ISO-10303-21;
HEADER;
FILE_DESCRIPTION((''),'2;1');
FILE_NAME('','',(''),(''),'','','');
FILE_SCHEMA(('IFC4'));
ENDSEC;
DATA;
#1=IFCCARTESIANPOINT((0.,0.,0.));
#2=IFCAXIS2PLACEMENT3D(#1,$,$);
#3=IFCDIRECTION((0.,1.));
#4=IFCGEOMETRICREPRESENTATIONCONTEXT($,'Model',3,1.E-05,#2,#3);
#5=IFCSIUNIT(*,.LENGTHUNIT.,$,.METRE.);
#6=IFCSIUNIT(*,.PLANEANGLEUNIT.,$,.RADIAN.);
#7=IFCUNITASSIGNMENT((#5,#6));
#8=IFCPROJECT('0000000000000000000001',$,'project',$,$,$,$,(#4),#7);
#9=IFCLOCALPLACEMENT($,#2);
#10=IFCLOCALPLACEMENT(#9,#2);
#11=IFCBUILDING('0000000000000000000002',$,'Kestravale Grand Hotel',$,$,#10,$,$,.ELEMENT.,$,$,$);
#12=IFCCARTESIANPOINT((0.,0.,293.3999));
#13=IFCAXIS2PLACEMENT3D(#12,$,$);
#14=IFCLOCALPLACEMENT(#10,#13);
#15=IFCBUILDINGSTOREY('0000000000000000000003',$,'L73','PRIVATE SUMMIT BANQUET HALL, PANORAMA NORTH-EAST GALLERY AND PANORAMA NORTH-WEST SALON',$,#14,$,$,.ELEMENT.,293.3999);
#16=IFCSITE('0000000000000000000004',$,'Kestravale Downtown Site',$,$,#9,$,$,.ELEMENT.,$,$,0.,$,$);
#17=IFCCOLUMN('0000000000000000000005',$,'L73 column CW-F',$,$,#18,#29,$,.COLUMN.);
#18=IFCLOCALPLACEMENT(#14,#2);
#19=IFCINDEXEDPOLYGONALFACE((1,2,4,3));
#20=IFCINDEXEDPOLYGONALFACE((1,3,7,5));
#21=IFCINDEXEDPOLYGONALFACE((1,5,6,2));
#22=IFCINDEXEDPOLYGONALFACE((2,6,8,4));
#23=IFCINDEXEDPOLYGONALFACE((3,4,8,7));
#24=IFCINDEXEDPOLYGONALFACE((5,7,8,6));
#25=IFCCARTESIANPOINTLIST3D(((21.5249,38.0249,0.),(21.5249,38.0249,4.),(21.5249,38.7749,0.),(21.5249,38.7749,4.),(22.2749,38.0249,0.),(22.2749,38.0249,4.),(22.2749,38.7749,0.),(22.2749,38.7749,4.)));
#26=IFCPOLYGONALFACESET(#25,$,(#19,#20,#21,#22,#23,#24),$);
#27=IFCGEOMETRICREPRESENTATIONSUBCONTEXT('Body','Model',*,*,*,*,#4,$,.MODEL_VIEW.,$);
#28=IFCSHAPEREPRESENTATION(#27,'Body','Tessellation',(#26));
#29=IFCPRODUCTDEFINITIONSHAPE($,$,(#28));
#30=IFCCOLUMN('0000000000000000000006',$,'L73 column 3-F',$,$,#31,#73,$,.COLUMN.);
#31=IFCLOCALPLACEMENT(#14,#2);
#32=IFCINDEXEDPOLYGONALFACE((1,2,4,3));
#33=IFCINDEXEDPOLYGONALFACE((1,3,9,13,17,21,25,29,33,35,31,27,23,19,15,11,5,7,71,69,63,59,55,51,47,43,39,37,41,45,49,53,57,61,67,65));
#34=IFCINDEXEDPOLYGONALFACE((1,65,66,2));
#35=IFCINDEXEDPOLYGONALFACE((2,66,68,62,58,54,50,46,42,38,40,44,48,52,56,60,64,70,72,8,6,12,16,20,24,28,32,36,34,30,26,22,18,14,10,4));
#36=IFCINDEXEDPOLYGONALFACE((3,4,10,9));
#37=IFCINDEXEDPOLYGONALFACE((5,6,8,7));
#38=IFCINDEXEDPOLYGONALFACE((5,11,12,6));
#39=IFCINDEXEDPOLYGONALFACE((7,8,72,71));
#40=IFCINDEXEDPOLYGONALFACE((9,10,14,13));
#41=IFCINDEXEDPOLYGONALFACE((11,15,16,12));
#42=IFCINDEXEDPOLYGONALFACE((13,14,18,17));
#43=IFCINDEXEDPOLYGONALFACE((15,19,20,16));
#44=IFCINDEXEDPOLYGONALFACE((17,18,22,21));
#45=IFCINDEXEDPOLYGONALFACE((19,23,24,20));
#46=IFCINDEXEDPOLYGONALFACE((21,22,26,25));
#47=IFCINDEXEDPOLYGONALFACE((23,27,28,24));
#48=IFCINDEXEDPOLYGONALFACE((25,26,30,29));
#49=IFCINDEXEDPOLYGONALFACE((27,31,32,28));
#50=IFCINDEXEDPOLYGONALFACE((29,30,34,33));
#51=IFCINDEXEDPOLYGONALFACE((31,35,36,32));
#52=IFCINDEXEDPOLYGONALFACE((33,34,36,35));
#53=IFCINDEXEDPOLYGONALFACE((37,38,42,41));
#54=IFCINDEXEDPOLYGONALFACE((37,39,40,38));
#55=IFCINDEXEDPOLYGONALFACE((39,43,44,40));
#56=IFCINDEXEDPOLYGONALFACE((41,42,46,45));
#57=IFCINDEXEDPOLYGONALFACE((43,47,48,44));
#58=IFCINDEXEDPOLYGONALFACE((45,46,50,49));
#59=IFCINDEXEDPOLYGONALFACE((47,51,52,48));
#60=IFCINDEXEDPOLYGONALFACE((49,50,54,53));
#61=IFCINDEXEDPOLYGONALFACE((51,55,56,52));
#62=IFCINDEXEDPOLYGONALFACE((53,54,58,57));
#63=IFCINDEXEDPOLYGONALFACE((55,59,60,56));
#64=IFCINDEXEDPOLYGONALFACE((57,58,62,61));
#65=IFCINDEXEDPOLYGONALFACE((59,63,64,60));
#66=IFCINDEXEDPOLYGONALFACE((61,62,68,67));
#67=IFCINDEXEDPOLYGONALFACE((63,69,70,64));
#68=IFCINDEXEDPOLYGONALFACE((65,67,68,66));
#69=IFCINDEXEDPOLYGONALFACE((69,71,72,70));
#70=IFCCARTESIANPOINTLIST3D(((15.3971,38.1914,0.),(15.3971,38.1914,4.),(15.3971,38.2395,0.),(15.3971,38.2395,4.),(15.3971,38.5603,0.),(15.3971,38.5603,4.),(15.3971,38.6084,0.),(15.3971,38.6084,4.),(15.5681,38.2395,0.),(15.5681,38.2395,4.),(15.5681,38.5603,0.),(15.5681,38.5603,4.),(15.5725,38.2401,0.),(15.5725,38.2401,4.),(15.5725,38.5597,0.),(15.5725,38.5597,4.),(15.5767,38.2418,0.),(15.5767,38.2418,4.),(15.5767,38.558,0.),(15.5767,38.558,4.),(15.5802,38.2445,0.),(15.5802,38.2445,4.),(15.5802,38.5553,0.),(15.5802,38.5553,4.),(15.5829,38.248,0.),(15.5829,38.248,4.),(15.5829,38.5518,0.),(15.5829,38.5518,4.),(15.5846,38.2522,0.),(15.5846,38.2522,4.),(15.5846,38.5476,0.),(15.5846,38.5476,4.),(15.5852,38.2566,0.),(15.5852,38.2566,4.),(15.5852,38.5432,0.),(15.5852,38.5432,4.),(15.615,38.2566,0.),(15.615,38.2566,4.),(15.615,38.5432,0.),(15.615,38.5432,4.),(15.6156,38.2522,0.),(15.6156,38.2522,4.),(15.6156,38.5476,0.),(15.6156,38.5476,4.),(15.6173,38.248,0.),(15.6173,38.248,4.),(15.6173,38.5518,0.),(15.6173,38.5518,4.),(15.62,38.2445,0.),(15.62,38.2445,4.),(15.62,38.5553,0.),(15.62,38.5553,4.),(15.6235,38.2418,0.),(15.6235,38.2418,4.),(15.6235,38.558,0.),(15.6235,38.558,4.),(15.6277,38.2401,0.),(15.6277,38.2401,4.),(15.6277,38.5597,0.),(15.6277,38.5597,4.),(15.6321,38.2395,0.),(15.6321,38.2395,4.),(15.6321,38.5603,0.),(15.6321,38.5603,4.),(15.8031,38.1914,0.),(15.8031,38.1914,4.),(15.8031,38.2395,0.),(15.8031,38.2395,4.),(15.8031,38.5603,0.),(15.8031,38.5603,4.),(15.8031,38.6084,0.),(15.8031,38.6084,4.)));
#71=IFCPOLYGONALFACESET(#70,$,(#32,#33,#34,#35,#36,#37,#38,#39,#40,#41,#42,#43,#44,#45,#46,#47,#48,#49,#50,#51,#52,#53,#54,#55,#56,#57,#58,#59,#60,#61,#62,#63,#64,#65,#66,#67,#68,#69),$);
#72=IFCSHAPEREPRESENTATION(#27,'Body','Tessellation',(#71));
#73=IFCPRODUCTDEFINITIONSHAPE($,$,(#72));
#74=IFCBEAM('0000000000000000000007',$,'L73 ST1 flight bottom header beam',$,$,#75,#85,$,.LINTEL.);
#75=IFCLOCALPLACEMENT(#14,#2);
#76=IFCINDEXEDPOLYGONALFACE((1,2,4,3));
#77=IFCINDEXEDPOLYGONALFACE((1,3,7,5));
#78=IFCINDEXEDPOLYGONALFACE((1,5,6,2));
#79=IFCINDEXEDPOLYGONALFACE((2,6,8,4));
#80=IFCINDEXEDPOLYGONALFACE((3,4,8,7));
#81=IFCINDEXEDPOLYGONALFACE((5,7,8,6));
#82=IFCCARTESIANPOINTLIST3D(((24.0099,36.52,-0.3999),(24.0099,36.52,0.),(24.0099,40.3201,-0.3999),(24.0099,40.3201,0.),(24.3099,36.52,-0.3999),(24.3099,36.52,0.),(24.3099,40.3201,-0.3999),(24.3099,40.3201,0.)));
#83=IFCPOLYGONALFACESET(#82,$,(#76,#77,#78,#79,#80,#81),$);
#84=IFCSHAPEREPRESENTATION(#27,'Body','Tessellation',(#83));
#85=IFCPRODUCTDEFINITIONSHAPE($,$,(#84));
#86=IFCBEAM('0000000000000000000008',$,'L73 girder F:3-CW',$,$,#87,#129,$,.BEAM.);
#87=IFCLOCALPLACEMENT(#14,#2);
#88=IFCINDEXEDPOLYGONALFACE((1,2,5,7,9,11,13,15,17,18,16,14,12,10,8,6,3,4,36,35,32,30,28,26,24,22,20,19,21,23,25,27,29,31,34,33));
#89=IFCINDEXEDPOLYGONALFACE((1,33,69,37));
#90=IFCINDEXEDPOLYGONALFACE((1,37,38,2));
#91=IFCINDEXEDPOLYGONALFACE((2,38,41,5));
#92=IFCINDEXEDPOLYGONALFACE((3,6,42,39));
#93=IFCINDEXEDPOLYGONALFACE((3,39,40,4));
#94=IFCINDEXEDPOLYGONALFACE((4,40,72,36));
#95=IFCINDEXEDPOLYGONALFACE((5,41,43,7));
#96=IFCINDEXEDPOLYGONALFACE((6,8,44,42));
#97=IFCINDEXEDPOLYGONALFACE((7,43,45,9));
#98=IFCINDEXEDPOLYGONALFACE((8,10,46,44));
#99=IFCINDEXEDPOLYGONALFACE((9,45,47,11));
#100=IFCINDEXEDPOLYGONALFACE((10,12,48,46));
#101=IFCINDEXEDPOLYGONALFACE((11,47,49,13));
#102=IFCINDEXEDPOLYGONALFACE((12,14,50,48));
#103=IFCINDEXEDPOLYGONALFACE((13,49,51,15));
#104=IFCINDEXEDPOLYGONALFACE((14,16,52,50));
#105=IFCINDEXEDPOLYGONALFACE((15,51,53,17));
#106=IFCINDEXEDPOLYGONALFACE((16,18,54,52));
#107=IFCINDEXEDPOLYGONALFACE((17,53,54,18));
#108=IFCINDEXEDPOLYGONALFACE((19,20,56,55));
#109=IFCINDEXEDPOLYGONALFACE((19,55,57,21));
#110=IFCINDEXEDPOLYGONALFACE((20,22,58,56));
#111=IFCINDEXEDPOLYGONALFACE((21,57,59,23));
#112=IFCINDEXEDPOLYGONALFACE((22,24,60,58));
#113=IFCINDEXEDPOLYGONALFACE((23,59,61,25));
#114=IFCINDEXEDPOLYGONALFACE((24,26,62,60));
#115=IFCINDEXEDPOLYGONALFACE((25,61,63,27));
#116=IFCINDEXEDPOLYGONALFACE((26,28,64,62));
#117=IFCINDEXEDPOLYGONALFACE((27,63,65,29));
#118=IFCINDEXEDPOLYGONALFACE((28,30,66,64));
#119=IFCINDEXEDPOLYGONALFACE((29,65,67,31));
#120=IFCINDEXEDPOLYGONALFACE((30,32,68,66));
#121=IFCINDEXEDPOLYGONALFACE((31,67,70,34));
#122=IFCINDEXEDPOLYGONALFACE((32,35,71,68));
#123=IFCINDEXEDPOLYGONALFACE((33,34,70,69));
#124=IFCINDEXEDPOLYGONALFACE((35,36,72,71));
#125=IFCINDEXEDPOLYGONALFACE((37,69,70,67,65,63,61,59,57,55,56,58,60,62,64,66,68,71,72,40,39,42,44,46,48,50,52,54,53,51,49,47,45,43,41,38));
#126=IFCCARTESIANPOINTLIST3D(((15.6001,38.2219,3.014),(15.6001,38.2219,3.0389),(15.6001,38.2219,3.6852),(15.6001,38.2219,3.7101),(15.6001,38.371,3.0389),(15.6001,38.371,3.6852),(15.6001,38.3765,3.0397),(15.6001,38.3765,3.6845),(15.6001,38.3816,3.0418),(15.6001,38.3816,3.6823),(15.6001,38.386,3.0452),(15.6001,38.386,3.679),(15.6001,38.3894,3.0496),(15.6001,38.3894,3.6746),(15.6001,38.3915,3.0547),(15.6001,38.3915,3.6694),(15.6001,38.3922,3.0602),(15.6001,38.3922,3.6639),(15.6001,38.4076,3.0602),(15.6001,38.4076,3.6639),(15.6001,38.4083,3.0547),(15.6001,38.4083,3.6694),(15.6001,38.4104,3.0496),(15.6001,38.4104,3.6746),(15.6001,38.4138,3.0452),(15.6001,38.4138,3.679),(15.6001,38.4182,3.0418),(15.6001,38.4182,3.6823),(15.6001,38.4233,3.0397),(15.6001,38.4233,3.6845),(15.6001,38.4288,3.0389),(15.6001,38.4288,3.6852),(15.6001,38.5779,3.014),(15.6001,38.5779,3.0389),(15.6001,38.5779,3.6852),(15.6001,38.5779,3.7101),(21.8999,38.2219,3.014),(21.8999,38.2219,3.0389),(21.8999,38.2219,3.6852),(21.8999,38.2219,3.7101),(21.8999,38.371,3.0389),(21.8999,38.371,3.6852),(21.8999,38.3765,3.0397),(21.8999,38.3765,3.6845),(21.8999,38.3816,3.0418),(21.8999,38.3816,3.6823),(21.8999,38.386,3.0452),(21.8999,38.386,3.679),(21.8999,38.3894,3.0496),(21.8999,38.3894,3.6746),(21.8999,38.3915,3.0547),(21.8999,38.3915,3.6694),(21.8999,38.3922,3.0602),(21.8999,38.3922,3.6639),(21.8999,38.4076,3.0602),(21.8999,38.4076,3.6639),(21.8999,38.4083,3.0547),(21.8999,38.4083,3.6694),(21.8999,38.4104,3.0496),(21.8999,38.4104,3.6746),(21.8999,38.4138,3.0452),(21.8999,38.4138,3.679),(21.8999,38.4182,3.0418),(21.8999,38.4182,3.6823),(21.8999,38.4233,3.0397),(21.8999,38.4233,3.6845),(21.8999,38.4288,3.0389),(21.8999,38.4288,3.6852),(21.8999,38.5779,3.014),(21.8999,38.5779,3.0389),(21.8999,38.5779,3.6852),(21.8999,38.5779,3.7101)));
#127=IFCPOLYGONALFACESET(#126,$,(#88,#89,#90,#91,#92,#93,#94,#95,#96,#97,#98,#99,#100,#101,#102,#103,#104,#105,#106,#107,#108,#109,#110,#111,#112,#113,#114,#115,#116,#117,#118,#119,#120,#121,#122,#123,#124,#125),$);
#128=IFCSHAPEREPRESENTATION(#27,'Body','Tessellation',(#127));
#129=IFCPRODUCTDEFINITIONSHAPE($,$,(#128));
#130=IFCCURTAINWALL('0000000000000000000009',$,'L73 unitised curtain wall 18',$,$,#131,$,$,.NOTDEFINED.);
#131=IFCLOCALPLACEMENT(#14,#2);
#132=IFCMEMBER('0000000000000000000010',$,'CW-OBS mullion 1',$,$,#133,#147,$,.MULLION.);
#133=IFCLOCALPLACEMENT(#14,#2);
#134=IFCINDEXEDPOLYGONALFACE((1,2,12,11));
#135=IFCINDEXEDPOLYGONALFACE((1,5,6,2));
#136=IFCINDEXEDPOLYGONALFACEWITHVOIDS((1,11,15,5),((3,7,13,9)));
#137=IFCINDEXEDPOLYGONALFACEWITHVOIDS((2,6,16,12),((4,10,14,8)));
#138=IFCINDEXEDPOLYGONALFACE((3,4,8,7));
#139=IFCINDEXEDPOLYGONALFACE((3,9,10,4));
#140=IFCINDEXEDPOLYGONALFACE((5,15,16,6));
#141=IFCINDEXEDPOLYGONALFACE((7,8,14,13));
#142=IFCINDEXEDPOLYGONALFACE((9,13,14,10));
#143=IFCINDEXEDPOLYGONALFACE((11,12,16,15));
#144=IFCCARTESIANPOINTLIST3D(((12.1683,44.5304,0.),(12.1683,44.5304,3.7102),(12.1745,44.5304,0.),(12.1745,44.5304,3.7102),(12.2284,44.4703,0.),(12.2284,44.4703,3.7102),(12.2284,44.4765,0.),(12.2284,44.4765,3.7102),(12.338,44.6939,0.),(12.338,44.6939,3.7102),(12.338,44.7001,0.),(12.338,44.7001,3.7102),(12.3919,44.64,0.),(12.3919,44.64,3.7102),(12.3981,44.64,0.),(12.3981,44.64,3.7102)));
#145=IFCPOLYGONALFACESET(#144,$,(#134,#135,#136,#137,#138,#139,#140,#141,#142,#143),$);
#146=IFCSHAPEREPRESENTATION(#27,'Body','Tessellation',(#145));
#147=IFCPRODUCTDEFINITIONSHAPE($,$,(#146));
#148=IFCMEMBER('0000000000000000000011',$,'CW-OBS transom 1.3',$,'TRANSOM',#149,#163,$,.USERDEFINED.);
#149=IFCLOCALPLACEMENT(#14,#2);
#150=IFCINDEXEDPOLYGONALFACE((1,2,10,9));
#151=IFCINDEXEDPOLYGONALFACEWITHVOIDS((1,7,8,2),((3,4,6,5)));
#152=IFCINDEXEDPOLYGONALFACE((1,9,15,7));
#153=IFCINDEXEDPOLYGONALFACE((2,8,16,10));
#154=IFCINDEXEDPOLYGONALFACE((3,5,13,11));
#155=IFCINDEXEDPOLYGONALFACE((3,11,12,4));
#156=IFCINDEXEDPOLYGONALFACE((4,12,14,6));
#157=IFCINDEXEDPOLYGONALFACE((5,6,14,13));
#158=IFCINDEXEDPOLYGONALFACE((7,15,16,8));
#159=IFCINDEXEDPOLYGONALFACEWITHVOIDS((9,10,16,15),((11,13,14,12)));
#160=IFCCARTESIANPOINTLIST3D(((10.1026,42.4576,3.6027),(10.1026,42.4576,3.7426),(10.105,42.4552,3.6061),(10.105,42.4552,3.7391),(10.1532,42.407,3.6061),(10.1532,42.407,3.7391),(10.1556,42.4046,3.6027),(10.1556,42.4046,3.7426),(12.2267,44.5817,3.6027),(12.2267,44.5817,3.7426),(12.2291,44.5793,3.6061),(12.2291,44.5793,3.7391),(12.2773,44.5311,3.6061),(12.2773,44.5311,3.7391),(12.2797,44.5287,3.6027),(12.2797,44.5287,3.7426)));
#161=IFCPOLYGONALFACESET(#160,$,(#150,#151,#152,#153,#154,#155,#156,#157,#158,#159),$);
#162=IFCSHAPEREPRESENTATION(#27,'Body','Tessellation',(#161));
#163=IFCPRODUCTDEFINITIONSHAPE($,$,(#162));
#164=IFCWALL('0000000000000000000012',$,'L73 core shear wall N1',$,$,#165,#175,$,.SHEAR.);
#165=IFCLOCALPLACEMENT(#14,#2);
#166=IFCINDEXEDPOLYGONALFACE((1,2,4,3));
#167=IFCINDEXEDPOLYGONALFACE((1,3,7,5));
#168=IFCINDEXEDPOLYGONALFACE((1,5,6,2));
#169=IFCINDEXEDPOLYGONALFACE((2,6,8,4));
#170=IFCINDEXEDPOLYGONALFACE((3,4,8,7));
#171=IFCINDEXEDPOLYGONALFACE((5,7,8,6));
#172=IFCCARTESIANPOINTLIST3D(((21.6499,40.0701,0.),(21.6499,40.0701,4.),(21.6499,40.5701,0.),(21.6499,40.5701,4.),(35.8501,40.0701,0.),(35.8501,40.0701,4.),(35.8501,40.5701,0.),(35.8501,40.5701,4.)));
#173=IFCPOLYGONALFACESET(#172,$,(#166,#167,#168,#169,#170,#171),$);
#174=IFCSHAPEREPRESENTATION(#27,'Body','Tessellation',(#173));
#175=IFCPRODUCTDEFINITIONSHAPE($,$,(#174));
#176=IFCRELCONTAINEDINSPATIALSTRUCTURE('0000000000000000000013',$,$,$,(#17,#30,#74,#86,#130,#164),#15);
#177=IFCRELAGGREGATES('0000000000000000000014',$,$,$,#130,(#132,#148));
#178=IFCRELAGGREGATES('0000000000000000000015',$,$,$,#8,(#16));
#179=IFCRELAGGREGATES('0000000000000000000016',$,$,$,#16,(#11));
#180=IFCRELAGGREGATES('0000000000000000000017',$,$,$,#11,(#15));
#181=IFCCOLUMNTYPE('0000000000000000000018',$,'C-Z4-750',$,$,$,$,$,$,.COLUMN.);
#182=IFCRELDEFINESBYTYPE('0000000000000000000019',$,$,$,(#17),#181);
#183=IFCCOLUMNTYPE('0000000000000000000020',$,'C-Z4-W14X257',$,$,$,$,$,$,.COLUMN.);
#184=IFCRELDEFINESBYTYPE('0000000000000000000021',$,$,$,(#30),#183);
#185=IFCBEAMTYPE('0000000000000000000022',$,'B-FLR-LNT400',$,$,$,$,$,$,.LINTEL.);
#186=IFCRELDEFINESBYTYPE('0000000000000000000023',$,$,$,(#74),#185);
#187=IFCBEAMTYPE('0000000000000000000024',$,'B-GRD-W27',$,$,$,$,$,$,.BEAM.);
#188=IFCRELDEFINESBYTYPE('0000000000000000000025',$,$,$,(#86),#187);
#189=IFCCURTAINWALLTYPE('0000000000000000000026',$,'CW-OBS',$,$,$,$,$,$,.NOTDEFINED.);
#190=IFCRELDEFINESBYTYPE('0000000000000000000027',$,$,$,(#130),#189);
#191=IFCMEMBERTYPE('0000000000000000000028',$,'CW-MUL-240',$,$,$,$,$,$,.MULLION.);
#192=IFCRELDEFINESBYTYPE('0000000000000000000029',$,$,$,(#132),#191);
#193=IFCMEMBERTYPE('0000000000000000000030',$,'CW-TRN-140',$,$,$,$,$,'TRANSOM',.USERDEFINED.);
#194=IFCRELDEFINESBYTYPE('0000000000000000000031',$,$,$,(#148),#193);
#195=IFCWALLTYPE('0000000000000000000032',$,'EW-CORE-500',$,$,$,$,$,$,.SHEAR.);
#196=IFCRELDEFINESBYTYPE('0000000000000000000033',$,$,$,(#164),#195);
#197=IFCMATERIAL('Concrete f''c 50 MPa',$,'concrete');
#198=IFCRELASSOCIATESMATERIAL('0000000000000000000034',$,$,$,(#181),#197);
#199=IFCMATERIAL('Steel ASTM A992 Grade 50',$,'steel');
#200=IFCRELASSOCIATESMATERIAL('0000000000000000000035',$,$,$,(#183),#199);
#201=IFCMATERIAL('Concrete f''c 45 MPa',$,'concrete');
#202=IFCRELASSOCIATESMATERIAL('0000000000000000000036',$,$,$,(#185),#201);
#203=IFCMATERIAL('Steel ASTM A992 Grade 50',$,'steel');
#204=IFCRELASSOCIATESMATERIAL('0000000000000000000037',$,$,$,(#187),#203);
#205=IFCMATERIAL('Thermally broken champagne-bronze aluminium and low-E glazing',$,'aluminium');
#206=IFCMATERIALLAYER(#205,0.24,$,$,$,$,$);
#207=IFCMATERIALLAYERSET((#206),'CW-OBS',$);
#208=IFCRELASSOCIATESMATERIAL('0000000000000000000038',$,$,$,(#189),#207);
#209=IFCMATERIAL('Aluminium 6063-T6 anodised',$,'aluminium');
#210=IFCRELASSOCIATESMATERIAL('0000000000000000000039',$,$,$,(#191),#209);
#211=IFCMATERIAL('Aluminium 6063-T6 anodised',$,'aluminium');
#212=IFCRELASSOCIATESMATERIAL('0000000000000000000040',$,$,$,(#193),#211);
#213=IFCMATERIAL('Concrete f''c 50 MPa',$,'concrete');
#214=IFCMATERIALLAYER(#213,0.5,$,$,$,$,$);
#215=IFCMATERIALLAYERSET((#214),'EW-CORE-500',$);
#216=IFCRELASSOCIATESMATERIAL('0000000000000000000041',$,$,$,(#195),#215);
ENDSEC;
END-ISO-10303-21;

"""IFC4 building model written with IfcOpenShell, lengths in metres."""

from ifc_helpers import new_model, si_unit, direction, frame, frame_2d, origin, origin_2d, place, context, subcontext, project, spatial, rectangle, hollow_rectangle, i_section, extrude, material, layer, layer_set, material_profile, profile_set, type_object, element, aggregate, save


model = new_model("IFC4")

# Units and contexts
model_context = context("Model", 3, precision=1e-05, world=origin(), true_north=direction((0.0, 1.0)))
body_context = subcontext(model_context, "Body", "Model", "MODEL_VIEW")
ifc_project = project(units=[si_unit("LENGTHUNIT", "METRE"), si_unit("PLANEANGLEUNIT", "RADIAN")], contexts=[model_context])

# Site, building, storey
site_placement = place(None, origin())
site = spatial("IfcSite", under=ifc_project, at=site_placement, Name="Kestravale Downtown Site", CompositionType="ELEMENT", RefElevation=0.0)
building_placement = place(site_placement, origin())
building = spatial("IfcBuilding", under=site, at=building_placement, Name="Kestravale Grand Hotel", CompositionType="ELEMENT")
storey_placement = place(building_placement, frame((0.0, 0.0, 293.3999)))
storey = spatial("IfcBuildingStorey", under=building, at=storey_placement, Name="L73", Description="PRIVATE SUMMIT BANQUET HALL, PANORAMA NORTH-EAST GALLERY AND PANORAMA NORTH-WEST SALON", CompositionType="ELEMENT", Elevation=293.3999)

# Columns
ifc_material_1 = material(Name="Concrete f'c 50 MPa", Category="concrete")
ifc_material_profile_1 = material_profile(ifc_material_1, rectangle(XDim=0.75, YDim=0.75, at=origin_2d()))
ifc_profile_set_1 = profile_set([ifc_material_profile_1], Name="Concrete f'c 50 MPa")
column_type_1 = type_object("IfcColumnType", Name="C-Z4-750", PredefinedType="COLUMN", material=ifc_profile_set_1)
column_1_placement = place(storey_placement, frame((21.8999, 38.3999, 0.0), z_axis=(0.0, 0.0, 1.0), x_axis=(1.0, 0.0, 0.0)))
element("IfcColumn", 1, at=column_1_placement, inside=storey, type_object=column_type_1, Name="L73 column CW-F", PredefinedType="COLUMN", context=body_context, shape_type="SweptSolid", body=[
    extrude(rectangle(XDim=0.75, YDim=0.75, at=origin_2d()), origin(), (0.0, 0.0, 1.0), 4.0),
])
ifc_material_2 = material(Name="Steel ASTM A992 Grade 50", Category="steel")
ifc_material_profile_2 = material_profile(ifc_material_2, i_section(OverallWidth=0.406, OverallDepth=0.417, WebThickness=0.0298, FlangeThickness=0.0481, FilletRadius=0.0171, at=origin_2d()))
ifc_profile_set_2 = profile_set([ifc_material_profile_2], Name="Steel ASTM A992 Grade 50")
column_type_2 = type_object("IfcColumnType", Name="C-Z4-W14X257", PredefinedType="COLUMN", material=ifc_profile_set_2)
column_2_placement = place(storey_placement, frame((15.6001, 38.3999, 0.0), z_axis=(0.0, 0.0, 1.0), x_axis=(1.0, 0.0, 0.0)))
element("IfcColumn", 2, at=column_2_placement, inside=storey, type_object=column_type_2, Name="L73 column 3-F", PredefinedType="COLUMN", context=body_context, shape_type="SweptSolid", body=[
    extrude(i_section(OverallWidth=0.406, OverallDepth=0.417, WebThickness=0.0298, FlangeThickness=0.0481, FilletRadius=0.0171, at=origin_2d()), origin(), (0.0, 0.0, 1.0), 4.0),
])

# Beams
ifc_material_3 = material(Name="Concrete f'c 45 MPa", Category="concrete")
ifc_material_profile_3 = material_profile(ifc_material_3, rectangle(XDim=0.3, YDim=0.3999, at=origin_2d()))
ifc_profile_set_3 = profile_set([ifc_material_profile_3], Name="Concrete f'c 45 MPa")
beam_type_1 = type_object("IfcBeamType", Name="B-FLR-LNT400", PredefinedType="LINTEL", material=ifc_profile_set_3)
beam_1_placement = place(storey_placement, frame((24.1599, 36.52, -0.2), z_axis=(0.0, 1.0, 0.0), x_axis=(-1.0, 0.0, 0.0)))
element("IfcBeam", 3, at=beam_1_placement, inside=storey, type_object=beam_type_1, Name="L73 ST1 flight bottom header beam", PredefinedType="LINTEL", context=body_context, shape_type="SweptSolid", body=[
    extrude(rectangle(XDim=0.3, YDim=0.3999, at=origin_2d()), origin(), (0.0, 0.0, 1.0), 3.8),
])
ifc_material_4 = material(Name="Steel ASTM A992 Grade 50", Category="steel")
ifc_material_profile_4 = material_profile(ifc_material_4, i_section(OverallWidth=0.356, OverallDepth=0.696, WebThickness=0.0154, FlangeThickness=0.0249, FilletRadius=0.0212, at=origin_2d()))
ifc_profile_set_4 = profile_set([ifc_material_profile_4], Name="Steel ASTM A992 Grade 50")
beam_type_2 = type_object("IfcBeamType", Name="B-GRD-W27", PredefinedType="BEAM", material=ifc_profile_set_4)
beam_2_placement = place(storey_placement, frame((15.6001, 38.3999, 3.3621), z_axis=(1.0, 0.0, 0.0), x_axis=(0.0, 1.0, 0.0)))
element("IfcBeam", 4, at=beam_2_placement, inside=storey, type_object=beam_type_2, Name="L73 girder F:3-CW", PredefinedType="BEAM", context=body_context, shape_type="SweptSolid", body=[
    extrude(i_section(OverallWidth=0.356, OverallDepth=0.696, WebThickness=0.0154, FlangeThickness=0.0249, FilletRadius=0.0212, at=origin_2d()), origin(), (0.0, 0.0, 1.0), 6.2998),
])

# Curtain wall, members
ifc_material_5 = material(Name="Thermally broken champagne-bronze aluminium and low-E glazing", Category="aluminium")
ifc_layer_1 = layer(ifc_material_5, 0.24)
ifc_layer_set_1 = layer_set([ifc_layer_1], Name="CW-OBS")
curtain_wall_type = type_object("IfcCurtainWallType", Name="CW-OBS", PredefinedType="NOTDEFINED", material=ifc_layer_set_1)
curtain_wall_placement = place(storey_placement, origin())
curtain_wall = element("IfcCurtainWall", 5, at=curtain_wall_placement, inside=storey, type_object=curtain_wall_type, Name="L73 unitised curtain wall 18", PredefinedType="NOTDEFINED")
ifc_material_6 = material(Name="Aluminium 6063-T6 anodised", Category="aluminium")
ifc_material_profile_5 = material_profile(ifc_material_6, hollow_rectangle(XDim=0.085, YDim=0.24, WallThickness=0.0044, at=origin_2d()))
ifc_profile_set_5 = profile_set([ifc_material_profile_5], Name="Aluminium 6063-T6 anodised")
member_type_1 = type_object("IfcMemberType", Name="CW-MUL-240", PredefinedType="MULLION", material=ifc_profile_set_5)
member_1_placement = place(storey_placement, frame((12.2832, 44.5852, 0.0), z_axis=(0.0, 0.0, 1.0), x_axis=(0.707107, -0.707107, 0.0)))
member_1 = element("IfcMember", 6, at=member_1_placement, type_object=member_type_1, Name="CW-OBS mullion 1", PredefinedType="MULLION", context=body_context, shape_type="SweptSolid", body=[
    extrude(hollow_rectangle(XDim=0.085, YDim=0.24, WallThickness=0.0044, at=origin_2d()), origin(), (0.0, 0.0, 1.0), 3.7102),
])
ifc_material_7 = material(Name="Aluminium 6063-T6 anodised", Category="aluminium")
ifc_material_profile_6 = material_profile(ifc_material_7, hollow_rectangle(XDim=0.075, YDim=0.1399, WallThickness=0.0034, at=origin_2d()))
ifc_profile_set_6 = profile_set([ifc_material_profile_6], Name="Aluminium 6063-T6 anodised")
member_type_2 = type_object("IfcMemberType", Name="CW-TRN-140", ElementType="TRANSOM", PredefinedType="USERDEFINED", material=ifc_profile_set_6)
member_2_placement = place(storey_placement, frame((12.2532, 44.5552, 3.6726), z_axis=(-0.707107, -0.707107, 0.0), x_axis=(0.707107, -0.707107, 0.0)))
member_2 = element("IfcMember", 7, at=member_2_placement, type_object=member_type_2, Name="CW-OBS transom 1.3", ObjectType="TRANSOM", PredefinedType="USERDEFINED", context=body_context, shape_type="SweptSolid", body=[
    extrude(hollow_rectangle(XDim=0.075, YDim=0.1399, WallThickness=0.0034, at=origin_2d()), origin(), (0.0, 0.0, 1.0), 3.0039),
])
aggregate(curtain_wall, [member_1, member_2])

# Wall
ifc_material_8 = material(Name="Concrete f'c 50 MPa", Category="concrete")
ifc_layer_2 = layer(ifc_material_8, 0.5)
ifc_layer_set_2 = layer_set([ifc_layer_2], Name="EW-CORE-500")
wall_type_1 = type_object("IfcWallType", Name="EW-CORE-500", PredefinedType="SHEAR", material=ifc_layer_set_2)
wall_1_placement = place(storey_placement, frame((21.6499, 40.3201, 0.0), z_axis=(0.0, 0.0, 1.0), x_axis=(1.0, 0.0, 0.0)))
element("IfcWall", 8, at=wall_1_placement, inside=storey, type_object=wall_type_1, Name="L73 core shear wall N1", PredefinedType="SHEAR", context=body_context, shape_type="SweptSolid", body=[
    extrude(rectangle(XDim=14.2002, YDim=0.5, at=frame_2d((7.1001, 0.0))), origin(), (0.0, 0.0, 1.0), 4.0),
])

save(model, "model.ifc")
